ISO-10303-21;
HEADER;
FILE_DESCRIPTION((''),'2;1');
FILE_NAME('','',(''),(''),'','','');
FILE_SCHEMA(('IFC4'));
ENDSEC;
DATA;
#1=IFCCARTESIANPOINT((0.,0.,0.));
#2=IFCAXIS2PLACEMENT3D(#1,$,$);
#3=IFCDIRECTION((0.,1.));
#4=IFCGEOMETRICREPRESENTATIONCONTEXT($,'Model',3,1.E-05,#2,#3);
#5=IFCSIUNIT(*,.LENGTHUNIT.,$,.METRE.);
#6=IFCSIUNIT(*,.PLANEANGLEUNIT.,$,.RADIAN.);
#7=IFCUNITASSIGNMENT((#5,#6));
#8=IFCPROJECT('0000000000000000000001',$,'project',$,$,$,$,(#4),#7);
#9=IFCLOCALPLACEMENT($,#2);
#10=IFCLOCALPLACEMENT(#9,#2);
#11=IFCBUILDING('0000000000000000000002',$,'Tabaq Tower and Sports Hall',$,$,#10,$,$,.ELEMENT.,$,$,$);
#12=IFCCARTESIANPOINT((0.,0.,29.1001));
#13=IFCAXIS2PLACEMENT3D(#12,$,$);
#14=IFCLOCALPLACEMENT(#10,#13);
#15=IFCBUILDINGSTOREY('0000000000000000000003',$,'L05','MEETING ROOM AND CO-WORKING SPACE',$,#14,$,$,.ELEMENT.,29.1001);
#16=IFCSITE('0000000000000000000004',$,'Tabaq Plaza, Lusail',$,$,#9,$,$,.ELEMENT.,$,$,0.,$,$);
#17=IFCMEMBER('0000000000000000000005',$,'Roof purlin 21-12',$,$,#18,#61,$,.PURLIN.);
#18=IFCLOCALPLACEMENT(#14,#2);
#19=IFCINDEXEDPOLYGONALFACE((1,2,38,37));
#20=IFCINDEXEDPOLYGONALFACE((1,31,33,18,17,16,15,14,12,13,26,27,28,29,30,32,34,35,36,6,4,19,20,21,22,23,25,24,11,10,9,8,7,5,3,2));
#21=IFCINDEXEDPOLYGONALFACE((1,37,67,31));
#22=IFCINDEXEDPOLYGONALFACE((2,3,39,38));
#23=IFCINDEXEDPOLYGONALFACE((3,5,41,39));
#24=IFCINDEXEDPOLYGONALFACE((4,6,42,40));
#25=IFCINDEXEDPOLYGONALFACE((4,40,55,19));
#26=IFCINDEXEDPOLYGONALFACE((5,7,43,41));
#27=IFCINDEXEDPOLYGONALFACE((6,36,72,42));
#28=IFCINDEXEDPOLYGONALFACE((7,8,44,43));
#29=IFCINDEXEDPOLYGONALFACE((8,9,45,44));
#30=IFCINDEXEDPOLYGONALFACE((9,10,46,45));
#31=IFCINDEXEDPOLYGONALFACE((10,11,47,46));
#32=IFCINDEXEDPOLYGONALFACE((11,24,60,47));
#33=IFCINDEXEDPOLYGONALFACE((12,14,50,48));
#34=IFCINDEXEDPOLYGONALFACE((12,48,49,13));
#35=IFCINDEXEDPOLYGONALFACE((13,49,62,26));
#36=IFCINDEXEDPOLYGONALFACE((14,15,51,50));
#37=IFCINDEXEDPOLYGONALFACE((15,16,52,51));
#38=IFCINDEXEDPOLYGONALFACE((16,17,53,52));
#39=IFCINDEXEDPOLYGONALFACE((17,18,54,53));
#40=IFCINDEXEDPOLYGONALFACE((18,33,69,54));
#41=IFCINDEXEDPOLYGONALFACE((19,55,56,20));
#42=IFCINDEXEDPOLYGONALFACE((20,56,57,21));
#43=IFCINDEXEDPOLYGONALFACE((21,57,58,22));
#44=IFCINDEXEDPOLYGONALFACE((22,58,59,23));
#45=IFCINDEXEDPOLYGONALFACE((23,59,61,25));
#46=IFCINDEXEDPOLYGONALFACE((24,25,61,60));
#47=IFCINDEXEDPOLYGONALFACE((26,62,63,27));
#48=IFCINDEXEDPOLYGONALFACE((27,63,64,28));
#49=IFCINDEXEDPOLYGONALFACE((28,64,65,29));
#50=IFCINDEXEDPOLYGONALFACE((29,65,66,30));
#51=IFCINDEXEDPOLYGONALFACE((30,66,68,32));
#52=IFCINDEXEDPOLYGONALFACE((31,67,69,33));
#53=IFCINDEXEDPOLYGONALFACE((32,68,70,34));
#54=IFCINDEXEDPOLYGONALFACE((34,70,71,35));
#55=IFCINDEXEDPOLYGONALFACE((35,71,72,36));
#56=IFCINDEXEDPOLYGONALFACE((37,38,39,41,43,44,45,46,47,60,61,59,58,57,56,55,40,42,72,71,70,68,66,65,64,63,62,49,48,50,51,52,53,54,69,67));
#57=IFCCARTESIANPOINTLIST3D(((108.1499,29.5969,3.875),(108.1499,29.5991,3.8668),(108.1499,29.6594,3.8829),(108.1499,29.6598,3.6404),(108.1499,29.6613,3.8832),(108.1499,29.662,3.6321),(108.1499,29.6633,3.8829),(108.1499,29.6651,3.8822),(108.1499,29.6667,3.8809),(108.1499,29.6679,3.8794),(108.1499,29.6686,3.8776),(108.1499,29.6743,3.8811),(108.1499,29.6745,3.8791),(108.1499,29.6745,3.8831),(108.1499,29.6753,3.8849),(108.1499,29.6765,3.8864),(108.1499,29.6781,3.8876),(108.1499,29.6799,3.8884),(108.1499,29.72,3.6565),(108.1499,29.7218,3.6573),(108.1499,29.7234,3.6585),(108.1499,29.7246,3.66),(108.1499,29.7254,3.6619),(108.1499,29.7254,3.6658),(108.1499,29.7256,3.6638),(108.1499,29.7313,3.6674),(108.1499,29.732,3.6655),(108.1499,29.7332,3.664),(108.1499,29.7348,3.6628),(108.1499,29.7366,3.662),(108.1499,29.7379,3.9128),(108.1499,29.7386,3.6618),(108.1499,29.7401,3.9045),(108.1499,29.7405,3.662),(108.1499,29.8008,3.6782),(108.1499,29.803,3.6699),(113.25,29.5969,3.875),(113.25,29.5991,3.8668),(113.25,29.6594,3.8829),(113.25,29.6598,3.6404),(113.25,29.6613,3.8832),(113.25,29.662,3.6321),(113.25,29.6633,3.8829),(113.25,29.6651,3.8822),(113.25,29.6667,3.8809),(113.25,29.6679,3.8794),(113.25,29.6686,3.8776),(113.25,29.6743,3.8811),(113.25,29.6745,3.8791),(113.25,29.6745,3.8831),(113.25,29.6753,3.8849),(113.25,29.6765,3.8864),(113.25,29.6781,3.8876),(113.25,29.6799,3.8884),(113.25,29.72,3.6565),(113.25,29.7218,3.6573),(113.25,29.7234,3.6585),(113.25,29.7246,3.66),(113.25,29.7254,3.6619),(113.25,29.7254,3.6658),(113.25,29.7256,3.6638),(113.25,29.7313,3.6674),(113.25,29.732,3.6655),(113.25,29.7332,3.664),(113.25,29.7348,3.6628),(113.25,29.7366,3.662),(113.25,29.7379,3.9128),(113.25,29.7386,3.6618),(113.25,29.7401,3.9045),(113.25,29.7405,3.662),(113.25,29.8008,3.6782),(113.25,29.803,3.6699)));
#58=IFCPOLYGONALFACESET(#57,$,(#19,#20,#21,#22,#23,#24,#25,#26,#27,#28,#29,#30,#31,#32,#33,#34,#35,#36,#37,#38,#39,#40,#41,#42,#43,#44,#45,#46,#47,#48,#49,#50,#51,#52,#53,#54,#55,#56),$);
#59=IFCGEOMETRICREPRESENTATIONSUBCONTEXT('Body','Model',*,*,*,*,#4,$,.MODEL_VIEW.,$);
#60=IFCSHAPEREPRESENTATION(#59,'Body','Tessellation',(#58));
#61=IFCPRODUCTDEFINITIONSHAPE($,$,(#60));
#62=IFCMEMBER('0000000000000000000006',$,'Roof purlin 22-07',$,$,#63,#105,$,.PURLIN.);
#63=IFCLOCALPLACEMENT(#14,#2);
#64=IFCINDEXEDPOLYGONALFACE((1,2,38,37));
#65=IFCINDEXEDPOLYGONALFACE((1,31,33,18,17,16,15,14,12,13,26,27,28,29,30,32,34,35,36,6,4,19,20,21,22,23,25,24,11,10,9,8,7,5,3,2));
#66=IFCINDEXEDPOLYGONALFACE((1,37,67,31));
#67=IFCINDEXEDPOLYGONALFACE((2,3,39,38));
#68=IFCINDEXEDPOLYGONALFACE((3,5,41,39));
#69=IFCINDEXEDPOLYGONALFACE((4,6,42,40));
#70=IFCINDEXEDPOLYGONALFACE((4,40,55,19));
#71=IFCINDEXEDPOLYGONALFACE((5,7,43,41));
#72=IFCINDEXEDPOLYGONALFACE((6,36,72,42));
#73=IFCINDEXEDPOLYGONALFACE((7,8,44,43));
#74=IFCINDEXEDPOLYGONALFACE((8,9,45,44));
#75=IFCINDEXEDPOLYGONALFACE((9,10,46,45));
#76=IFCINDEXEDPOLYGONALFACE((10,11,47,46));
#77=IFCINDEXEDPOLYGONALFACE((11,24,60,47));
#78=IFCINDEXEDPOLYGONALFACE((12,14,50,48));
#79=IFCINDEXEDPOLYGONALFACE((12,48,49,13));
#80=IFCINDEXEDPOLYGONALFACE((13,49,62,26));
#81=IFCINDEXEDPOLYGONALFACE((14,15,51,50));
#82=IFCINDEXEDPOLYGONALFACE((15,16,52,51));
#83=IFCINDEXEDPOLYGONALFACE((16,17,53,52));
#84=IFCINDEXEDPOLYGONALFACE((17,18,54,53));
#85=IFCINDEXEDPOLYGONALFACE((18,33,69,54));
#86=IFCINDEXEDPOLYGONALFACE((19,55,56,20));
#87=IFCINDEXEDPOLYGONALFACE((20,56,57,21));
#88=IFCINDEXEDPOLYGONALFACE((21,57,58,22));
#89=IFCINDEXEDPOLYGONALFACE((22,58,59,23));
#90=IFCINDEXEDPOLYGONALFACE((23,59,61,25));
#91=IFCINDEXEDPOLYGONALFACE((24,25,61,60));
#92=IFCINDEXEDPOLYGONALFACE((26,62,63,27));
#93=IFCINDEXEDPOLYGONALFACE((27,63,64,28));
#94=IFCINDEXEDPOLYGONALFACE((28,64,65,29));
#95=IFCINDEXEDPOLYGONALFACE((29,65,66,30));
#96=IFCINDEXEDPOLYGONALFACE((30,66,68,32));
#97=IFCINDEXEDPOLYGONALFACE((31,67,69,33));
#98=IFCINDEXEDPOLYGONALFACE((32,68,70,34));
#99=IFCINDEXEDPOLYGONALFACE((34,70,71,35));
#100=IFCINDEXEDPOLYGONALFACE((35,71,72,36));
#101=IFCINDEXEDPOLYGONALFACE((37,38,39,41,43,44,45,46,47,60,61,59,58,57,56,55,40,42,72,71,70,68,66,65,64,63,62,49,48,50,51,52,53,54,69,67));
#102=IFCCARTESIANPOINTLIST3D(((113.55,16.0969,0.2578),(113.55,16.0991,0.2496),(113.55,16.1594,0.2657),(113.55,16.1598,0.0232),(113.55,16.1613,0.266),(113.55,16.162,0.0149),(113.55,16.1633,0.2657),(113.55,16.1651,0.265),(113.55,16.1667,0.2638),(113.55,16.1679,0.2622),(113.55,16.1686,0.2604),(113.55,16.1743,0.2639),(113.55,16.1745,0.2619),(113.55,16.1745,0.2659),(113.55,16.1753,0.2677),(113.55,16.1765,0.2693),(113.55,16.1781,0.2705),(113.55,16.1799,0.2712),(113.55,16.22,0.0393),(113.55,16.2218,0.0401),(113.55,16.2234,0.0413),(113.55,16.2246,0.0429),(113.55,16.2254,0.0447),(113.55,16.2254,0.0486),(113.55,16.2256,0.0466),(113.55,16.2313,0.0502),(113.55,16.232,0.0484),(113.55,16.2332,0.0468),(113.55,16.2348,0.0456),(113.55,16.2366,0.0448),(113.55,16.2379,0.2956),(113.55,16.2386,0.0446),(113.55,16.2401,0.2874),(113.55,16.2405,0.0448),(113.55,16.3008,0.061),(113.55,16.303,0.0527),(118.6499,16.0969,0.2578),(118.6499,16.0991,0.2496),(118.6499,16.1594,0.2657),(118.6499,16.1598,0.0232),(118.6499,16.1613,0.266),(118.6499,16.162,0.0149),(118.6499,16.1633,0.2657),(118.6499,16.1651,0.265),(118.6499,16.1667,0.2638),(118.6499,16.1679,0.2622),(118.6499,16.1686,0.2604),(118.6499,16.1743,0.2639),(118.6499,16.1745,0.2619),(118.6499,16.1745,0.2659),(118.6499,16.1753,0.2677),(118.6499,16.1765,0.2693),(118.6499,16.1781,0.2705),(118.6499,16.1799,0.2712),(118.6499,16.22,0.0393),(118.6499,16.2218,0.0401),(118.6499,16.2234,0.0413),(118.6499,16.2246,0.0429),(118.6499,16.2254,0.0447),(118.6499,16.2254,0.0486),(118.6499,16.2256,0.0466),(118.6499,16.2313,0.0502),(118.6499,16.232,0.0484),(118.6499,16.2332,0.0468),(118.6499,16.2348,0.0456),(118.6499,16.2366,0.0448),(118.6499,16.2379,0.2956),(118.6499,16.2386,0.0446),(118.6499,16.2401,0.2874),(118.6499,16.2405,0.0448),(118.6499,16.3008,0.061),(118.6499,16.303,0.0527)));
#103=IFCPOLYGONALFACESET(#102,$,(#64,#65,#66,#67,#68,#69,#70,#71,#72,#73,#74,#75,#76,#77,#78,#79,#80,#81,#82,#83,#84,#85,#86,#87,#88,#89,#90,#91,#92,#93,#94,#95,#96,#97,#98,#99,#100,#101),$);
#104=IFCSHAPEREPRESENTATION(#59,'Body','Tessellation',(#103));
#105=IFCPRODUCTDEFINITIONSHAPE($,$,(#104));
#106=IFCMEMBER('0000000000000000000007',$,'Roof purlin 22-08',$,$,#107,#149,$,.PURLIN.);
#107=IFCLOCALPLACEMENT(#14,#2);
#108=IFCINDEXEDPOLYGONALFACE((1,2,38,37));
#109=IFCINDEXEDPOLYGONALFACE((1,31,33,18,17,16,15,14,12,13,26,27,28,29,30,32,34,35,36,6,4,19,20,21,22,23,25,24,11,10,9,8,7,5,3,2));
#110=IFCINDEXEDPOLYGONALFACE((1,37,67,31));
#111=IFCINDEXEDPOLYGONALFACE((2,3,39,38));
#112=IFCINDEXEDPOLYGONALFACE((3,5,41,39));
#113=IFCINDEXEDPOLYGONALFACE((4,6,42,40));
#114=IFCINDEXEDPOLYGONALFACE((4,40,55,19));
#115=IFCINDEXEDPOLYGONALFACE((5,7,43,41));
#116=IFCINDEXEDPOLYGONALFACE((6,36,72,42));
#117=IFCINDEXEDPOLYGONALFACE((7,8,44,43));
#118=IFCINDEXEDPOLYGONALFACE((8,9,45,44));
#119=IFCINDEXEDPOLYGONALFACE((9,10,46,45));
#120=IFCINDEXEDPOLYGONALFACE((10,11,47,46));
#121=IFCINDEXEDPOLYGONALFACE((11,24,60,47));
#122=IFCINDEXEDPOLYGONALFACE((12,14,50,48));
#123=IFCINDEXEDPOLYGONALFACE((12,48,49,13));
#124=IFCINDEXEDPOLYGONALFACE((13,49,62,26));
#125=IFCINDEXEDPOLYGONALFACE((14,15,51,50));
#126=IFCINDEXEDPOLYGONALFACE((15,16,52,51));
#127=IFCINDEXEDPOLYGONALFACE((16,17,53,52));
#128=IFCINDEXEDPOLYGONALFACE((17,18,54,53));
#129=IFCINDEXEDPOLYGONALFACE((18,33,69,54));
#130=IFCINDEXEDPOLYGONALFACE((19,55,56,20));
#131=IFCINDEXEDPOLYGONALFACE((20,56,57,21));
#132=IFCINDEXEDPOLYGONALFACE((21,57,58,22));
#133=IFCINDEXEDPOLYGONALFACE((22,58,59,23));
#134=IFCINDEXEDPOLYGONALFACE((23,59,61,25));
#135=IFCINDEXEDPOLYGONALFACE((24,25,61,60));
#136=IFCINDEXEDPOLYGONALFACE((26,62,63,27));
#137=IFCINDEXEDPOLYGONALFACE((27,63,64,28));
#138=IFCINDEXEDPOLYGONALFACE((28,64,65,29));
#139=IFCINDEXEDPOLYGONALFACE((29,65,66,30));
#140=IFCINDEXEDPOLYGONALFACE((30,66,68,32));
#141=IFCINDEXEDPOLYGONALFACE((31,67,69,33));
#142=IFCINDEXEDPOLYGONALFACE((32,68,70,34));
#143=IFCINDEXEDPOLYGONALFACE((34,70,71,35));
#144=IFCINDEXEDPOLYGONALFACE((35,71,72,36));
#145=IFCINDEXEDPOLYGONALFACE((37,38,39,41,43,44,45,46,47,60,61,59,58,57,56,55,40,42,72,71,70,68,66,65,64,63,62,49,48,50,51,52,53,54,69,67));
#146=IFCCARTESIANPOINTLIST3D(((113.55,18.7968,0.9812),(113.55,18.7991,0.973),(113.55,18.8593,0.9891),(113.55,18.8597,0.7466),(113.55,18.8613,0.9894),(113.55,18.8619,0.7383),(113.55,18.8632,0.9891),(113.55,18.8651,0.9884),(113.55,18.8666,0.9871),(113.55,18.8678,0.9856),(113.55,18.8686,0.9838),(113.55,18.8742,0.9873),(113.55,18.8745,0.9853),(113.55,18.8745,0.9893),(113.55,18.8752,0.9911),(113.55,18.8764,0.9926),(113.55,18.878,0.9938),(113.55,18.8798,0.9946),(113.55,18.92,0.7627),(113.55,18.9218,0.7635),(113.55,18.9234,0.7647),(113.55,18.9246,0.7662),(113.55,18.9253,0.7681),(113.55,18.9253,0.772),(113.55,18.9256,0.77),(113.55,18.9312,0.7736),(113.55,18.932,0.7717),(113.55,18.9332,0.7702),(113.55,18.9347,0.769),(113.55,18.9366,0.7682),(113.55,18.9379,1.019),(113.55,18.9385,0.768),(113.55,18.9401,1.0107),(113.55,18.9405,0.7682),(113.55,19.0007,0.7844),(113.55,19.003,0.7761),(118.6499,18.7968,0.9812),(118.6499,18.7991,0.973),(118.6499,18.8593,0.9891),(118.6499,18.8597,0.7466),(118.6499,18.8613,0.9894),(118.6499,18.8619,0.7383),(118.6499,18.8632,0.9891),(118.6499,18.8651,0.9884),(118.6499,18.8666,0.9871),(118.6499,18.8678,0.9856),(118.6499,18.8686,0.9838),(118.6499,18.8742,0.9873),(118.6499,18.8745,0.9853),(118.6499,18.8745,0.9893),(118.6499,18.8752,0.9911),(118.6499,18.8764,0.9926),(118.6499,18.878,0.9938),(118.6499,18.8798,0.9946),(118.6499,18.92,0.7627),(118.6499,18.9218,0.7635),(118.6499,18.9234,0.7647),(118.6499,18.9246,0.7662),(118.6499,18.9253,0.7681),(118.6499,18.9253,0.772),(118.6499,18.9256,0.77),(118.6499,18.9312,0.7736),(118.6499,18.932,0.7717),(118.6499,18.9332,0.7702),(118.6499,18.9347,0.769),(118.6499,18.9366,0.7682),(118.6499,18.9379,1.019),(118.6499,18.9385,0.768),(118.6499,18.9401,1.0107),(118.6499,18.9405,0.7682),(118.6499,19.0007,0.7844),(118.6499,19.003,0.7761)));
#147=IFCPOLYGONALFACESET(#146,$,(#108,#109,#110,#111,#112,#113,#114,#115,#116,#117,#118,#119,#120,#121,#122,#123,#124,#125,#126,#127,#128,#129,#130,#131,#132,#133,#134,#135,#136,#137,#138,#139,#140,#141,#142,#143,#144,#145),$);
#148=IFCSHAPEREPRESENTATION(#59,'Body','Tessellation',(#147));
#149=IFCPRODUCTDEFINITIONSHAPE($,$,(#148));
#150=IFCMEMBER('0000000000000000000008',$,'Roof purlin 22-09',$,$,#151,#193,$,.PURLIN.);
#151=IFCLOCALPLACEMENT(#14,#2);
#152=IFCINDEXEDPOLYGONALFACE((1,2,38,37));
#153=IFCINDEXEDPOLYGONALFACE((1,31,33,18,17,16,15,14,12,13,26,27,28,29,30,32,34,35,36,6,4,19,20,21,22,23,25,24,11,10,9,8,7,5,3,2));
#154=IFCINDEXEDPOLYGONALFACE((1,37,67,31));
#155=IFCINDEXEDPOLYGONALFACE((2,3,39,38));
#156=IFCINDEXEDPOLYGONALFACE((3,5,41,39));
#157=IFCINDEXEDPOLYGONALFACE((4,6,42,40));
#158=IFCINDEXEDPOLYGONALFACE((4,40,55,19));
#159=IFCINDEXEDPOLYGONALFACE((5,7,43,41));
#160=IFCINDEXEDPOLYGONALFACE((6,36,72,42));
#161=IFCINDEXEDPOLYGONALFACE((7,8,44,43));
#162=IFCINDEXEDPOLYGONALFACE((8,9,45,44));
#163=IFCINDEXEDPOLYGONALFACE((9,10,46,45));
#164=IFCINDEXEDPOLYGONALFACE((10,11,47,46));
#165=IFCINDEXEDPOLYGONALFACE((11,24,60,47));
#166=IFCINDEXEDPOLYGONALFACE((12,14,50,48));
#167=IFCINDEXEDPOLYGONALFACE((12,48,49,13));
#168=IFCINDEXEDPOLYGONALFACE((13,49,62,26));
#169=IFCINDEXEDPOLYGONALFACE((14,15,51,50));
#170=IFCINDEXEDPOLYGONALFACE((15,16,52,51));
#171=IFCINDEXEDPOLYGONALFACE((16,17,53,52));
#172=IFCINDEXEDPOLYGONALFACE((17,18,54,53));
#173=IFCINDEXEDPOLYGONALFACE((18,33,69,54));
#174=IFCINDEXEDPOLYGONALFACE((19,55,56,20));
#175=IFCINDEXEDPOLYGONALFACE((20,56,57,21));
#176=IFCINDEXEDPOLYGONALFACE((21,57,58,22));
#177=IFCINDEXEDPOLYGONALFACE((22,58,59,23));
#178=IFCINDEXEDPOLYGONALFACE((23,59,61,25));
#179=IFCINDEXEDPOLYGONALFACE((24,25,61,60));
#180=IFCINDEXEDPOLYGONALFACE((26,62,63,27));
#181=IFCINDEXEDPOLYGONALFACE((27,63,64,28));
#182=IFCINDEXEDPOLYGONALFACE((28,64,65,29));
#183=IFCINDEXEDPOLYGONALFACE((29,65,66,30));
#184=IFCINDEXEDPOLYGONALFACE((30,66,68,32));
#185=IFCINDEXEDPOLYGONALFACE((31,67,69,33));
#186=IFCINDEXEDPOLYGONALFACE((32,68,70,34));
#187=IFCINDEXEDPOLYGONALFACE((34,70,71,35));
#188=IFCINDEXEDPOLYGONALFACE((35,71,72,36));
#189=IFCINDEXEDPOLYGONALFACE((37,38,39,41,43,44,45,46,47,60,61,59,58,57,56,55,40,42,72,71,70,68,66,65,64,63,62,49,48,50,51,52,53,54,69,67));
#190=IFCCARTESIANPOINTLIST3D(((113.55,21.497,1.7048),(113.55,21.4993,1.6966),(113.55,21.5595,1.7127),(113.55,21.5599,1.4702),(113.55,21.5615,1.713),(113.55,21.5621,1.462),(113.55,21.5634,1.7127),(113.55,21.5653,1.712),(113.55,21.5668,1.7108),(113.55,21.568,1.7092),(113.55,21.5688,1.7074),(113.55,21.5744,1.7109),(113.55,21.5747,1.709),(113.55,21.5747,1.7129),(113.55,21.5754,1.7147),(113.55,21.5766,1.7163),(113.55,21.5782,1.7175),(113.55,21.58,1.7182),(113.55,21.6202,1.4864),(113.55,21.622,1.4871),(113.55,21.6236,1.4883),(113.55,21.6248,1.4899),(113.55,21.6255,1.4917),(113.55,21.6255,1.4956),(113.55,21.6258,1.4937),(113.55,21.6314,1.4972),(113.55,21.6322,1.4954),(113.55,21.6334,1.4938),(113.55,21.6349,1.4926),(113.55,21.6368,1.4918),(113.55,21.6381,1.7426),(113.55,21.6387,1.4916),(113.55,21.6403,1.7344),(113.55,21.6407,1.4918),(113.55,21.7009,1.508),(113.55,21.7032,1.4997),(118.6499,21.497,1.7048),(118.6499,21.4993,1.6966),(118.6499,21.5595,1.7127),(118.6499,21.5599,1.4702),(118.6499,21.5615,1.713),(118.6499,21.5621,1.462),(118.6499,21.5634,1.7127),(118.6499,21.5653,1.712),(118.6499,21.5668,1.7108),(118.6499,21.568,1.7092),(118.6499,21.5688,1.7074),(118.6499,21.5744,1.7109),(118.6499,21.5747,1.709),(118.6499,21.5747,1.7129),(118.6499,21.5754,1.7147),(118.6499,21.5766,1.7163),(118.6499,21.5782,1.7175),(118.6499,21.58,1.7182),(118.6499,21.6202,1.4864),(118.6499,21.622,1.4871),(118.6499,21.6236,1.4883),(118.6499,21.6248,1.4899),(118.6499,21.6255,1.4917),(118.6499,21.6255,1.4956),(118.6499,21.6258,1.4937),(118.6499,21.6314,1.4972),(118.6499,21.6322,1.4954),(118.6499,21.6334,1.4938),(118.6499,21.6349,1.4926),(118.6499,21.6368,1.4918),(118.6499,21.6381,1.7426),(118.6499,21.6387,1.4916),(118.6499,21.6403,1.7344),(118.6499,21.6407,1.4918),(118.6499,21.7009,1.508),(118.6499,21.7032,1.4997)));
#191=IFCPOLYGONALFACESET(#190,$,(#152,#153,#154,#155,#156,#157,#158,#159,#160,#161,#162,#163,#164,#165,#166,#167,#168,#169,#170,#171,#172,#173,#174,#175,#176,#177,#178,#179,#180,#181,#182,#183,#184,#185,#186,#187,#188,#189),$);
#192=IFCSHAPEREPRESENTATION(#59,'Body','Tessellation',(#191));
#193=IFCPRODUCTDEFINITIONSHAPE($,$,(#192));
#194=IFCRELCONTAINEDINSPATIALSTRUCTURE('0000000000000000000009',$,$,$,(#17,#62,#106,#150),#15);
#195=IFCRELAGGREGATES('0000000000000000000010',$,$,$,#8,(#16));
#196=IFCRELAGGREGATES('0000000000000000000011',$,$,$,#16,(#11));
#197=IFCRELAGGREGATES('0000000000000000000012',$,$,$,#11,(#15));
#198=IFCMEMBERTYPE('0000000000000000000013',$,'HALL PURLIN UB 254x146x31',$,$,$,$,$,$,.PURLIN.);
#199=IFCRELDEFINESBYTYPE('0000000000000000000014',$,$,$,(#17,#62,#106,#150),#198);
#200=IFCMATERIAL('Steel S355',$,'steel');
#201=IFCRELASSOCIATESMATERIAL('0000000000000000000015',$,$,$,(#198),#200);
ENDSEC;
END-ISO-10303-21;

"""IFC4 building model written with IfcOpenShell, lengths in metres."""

from ifc_helpers import new_model, si_unit, direction, frame, origin, origin_2d, place, context, subcontext, project, spatial, i_section, extrude, material, material_profile, profile_set, type_object, element, save


model = new_model("IFC4")

# Units and contexts
model_context = context("Model", 3, precision=1e-05, world=origin(), true_north=direction((0.0, 1.0)))
body_context = subcontext(model_context, "Body", "Model", "MODEL_VIEW")
ifc_project = project(units=[si_unit("LENGTHUNIT", "METRE"), si_unit("PLANEANGLEUNIT", "RADIAN")], contexts=[model_context])

# Site, building, storey
site_placement = place(None, origin())
site = spatial("IfcSite", under=ifc_project, at=site_placement, Name="Tabaq Plaza, Lusail", CompositionType="ELEMENT", RefElevation=0.0)
building_placement = place(site_placement, origin())
building = spatial("IfcBuilding", under=site, at=building_placement, Name="Tabaq Tower and Sports Hall", CompositionType="ELEMENT")
storey_placement = place(building_placement, frame((0.0, 0.0, 29.1001)))
storey = spatial("IfcBuildingStorey", under=building, at=storey_placement, Name="L05", Description="MEETING ROOM AND CO-WORKING SPACE", CompositionType="ELEMENT", Elevation=29.1001)

# Members
ifc_material_1 = material(Name="Steel S355", Category="steel")
ifc_material_profile_1 = material_profile(ifc_material_1, i_section(OverallWidth=0.146, OverallDepth=0.2515, WebThickness=0.0061, FlangeThickness=0.0085, FilletRadius=0.0076, at=origin_2d()), Name="UB 254x146x31")
ifc_profile_set_1 = profile_set([ifc_material_profile_1], Name="Steel S355")
member_type_1 = type_object("IfcMemberType", Name="HALL PURLIN UB 254x146x31", PredefinedType="PURLIN", material=ifc_profile_set_1)
for number, where, z_axis, x_axis, name in (
    (1, (108.1499, 29.7, 3.7725), (1.0, 0.0, 0.0), (0.0, 0.965926, 0.258819), "Roof purlin 21-12"),
):
    element("IfcMember", number, at=place(storey_placement, frame(where, z_axis=z_axis, x_axis=x_axis)), inside=storey, type_object=member_type_1, Name=name, PredefinedType="PURLIN", context=body_context, shape_type="SweptSolid", body=[
        extrude(i_section(OverallWidth=0.146, OverallDepth=0.2515, WebThickness=0.0061, FlangeThickness=0.0085, FilletRadius=0.0076, at=origin_2d()), origin(), (0.0, 0.0, 1.0), 5.1001),
    ])
for number, where, z_axis, x_axis, name in (
    (2, (113.55, 16.2, 0.1553), (1.0, 0.0, 0.0), (0.0, 0.965926, 0.258819), "Roof purlin 22-07"),
    (3, (113.55, 18.8999, 0.8787), (1.0, 0.0, 0.0), (0.0, 0.965926, 0.258819), "Roof purlin 22-08"),
    (4, (113.55, 21.6001, 1.6023), (1.0, 0.0, 0.0), (0.0, 0.965926, 0.258819), "Roof purlin 22-09"),
):
    element("IfcMember", number, at=place(storey_placement, frame(where, z_axis=z_axis, x_axis=x_axis)), inside=storey, type_object=member_type_1, Name=name, PredefinedType="PURLIN", context=body_context, shape_type="SweptSolid", body=[
        extrude(i_section(OverallWidth=0.146, OverallDepth=0.2515, WebThickness=0.0061, FlangeThickness=0.0085, FilletRadius=0.0076, at=origin_2d()), origin(), (0.0, 0.0, 1.0), 5.0999),
    ])

save(model, "model.ifc")
